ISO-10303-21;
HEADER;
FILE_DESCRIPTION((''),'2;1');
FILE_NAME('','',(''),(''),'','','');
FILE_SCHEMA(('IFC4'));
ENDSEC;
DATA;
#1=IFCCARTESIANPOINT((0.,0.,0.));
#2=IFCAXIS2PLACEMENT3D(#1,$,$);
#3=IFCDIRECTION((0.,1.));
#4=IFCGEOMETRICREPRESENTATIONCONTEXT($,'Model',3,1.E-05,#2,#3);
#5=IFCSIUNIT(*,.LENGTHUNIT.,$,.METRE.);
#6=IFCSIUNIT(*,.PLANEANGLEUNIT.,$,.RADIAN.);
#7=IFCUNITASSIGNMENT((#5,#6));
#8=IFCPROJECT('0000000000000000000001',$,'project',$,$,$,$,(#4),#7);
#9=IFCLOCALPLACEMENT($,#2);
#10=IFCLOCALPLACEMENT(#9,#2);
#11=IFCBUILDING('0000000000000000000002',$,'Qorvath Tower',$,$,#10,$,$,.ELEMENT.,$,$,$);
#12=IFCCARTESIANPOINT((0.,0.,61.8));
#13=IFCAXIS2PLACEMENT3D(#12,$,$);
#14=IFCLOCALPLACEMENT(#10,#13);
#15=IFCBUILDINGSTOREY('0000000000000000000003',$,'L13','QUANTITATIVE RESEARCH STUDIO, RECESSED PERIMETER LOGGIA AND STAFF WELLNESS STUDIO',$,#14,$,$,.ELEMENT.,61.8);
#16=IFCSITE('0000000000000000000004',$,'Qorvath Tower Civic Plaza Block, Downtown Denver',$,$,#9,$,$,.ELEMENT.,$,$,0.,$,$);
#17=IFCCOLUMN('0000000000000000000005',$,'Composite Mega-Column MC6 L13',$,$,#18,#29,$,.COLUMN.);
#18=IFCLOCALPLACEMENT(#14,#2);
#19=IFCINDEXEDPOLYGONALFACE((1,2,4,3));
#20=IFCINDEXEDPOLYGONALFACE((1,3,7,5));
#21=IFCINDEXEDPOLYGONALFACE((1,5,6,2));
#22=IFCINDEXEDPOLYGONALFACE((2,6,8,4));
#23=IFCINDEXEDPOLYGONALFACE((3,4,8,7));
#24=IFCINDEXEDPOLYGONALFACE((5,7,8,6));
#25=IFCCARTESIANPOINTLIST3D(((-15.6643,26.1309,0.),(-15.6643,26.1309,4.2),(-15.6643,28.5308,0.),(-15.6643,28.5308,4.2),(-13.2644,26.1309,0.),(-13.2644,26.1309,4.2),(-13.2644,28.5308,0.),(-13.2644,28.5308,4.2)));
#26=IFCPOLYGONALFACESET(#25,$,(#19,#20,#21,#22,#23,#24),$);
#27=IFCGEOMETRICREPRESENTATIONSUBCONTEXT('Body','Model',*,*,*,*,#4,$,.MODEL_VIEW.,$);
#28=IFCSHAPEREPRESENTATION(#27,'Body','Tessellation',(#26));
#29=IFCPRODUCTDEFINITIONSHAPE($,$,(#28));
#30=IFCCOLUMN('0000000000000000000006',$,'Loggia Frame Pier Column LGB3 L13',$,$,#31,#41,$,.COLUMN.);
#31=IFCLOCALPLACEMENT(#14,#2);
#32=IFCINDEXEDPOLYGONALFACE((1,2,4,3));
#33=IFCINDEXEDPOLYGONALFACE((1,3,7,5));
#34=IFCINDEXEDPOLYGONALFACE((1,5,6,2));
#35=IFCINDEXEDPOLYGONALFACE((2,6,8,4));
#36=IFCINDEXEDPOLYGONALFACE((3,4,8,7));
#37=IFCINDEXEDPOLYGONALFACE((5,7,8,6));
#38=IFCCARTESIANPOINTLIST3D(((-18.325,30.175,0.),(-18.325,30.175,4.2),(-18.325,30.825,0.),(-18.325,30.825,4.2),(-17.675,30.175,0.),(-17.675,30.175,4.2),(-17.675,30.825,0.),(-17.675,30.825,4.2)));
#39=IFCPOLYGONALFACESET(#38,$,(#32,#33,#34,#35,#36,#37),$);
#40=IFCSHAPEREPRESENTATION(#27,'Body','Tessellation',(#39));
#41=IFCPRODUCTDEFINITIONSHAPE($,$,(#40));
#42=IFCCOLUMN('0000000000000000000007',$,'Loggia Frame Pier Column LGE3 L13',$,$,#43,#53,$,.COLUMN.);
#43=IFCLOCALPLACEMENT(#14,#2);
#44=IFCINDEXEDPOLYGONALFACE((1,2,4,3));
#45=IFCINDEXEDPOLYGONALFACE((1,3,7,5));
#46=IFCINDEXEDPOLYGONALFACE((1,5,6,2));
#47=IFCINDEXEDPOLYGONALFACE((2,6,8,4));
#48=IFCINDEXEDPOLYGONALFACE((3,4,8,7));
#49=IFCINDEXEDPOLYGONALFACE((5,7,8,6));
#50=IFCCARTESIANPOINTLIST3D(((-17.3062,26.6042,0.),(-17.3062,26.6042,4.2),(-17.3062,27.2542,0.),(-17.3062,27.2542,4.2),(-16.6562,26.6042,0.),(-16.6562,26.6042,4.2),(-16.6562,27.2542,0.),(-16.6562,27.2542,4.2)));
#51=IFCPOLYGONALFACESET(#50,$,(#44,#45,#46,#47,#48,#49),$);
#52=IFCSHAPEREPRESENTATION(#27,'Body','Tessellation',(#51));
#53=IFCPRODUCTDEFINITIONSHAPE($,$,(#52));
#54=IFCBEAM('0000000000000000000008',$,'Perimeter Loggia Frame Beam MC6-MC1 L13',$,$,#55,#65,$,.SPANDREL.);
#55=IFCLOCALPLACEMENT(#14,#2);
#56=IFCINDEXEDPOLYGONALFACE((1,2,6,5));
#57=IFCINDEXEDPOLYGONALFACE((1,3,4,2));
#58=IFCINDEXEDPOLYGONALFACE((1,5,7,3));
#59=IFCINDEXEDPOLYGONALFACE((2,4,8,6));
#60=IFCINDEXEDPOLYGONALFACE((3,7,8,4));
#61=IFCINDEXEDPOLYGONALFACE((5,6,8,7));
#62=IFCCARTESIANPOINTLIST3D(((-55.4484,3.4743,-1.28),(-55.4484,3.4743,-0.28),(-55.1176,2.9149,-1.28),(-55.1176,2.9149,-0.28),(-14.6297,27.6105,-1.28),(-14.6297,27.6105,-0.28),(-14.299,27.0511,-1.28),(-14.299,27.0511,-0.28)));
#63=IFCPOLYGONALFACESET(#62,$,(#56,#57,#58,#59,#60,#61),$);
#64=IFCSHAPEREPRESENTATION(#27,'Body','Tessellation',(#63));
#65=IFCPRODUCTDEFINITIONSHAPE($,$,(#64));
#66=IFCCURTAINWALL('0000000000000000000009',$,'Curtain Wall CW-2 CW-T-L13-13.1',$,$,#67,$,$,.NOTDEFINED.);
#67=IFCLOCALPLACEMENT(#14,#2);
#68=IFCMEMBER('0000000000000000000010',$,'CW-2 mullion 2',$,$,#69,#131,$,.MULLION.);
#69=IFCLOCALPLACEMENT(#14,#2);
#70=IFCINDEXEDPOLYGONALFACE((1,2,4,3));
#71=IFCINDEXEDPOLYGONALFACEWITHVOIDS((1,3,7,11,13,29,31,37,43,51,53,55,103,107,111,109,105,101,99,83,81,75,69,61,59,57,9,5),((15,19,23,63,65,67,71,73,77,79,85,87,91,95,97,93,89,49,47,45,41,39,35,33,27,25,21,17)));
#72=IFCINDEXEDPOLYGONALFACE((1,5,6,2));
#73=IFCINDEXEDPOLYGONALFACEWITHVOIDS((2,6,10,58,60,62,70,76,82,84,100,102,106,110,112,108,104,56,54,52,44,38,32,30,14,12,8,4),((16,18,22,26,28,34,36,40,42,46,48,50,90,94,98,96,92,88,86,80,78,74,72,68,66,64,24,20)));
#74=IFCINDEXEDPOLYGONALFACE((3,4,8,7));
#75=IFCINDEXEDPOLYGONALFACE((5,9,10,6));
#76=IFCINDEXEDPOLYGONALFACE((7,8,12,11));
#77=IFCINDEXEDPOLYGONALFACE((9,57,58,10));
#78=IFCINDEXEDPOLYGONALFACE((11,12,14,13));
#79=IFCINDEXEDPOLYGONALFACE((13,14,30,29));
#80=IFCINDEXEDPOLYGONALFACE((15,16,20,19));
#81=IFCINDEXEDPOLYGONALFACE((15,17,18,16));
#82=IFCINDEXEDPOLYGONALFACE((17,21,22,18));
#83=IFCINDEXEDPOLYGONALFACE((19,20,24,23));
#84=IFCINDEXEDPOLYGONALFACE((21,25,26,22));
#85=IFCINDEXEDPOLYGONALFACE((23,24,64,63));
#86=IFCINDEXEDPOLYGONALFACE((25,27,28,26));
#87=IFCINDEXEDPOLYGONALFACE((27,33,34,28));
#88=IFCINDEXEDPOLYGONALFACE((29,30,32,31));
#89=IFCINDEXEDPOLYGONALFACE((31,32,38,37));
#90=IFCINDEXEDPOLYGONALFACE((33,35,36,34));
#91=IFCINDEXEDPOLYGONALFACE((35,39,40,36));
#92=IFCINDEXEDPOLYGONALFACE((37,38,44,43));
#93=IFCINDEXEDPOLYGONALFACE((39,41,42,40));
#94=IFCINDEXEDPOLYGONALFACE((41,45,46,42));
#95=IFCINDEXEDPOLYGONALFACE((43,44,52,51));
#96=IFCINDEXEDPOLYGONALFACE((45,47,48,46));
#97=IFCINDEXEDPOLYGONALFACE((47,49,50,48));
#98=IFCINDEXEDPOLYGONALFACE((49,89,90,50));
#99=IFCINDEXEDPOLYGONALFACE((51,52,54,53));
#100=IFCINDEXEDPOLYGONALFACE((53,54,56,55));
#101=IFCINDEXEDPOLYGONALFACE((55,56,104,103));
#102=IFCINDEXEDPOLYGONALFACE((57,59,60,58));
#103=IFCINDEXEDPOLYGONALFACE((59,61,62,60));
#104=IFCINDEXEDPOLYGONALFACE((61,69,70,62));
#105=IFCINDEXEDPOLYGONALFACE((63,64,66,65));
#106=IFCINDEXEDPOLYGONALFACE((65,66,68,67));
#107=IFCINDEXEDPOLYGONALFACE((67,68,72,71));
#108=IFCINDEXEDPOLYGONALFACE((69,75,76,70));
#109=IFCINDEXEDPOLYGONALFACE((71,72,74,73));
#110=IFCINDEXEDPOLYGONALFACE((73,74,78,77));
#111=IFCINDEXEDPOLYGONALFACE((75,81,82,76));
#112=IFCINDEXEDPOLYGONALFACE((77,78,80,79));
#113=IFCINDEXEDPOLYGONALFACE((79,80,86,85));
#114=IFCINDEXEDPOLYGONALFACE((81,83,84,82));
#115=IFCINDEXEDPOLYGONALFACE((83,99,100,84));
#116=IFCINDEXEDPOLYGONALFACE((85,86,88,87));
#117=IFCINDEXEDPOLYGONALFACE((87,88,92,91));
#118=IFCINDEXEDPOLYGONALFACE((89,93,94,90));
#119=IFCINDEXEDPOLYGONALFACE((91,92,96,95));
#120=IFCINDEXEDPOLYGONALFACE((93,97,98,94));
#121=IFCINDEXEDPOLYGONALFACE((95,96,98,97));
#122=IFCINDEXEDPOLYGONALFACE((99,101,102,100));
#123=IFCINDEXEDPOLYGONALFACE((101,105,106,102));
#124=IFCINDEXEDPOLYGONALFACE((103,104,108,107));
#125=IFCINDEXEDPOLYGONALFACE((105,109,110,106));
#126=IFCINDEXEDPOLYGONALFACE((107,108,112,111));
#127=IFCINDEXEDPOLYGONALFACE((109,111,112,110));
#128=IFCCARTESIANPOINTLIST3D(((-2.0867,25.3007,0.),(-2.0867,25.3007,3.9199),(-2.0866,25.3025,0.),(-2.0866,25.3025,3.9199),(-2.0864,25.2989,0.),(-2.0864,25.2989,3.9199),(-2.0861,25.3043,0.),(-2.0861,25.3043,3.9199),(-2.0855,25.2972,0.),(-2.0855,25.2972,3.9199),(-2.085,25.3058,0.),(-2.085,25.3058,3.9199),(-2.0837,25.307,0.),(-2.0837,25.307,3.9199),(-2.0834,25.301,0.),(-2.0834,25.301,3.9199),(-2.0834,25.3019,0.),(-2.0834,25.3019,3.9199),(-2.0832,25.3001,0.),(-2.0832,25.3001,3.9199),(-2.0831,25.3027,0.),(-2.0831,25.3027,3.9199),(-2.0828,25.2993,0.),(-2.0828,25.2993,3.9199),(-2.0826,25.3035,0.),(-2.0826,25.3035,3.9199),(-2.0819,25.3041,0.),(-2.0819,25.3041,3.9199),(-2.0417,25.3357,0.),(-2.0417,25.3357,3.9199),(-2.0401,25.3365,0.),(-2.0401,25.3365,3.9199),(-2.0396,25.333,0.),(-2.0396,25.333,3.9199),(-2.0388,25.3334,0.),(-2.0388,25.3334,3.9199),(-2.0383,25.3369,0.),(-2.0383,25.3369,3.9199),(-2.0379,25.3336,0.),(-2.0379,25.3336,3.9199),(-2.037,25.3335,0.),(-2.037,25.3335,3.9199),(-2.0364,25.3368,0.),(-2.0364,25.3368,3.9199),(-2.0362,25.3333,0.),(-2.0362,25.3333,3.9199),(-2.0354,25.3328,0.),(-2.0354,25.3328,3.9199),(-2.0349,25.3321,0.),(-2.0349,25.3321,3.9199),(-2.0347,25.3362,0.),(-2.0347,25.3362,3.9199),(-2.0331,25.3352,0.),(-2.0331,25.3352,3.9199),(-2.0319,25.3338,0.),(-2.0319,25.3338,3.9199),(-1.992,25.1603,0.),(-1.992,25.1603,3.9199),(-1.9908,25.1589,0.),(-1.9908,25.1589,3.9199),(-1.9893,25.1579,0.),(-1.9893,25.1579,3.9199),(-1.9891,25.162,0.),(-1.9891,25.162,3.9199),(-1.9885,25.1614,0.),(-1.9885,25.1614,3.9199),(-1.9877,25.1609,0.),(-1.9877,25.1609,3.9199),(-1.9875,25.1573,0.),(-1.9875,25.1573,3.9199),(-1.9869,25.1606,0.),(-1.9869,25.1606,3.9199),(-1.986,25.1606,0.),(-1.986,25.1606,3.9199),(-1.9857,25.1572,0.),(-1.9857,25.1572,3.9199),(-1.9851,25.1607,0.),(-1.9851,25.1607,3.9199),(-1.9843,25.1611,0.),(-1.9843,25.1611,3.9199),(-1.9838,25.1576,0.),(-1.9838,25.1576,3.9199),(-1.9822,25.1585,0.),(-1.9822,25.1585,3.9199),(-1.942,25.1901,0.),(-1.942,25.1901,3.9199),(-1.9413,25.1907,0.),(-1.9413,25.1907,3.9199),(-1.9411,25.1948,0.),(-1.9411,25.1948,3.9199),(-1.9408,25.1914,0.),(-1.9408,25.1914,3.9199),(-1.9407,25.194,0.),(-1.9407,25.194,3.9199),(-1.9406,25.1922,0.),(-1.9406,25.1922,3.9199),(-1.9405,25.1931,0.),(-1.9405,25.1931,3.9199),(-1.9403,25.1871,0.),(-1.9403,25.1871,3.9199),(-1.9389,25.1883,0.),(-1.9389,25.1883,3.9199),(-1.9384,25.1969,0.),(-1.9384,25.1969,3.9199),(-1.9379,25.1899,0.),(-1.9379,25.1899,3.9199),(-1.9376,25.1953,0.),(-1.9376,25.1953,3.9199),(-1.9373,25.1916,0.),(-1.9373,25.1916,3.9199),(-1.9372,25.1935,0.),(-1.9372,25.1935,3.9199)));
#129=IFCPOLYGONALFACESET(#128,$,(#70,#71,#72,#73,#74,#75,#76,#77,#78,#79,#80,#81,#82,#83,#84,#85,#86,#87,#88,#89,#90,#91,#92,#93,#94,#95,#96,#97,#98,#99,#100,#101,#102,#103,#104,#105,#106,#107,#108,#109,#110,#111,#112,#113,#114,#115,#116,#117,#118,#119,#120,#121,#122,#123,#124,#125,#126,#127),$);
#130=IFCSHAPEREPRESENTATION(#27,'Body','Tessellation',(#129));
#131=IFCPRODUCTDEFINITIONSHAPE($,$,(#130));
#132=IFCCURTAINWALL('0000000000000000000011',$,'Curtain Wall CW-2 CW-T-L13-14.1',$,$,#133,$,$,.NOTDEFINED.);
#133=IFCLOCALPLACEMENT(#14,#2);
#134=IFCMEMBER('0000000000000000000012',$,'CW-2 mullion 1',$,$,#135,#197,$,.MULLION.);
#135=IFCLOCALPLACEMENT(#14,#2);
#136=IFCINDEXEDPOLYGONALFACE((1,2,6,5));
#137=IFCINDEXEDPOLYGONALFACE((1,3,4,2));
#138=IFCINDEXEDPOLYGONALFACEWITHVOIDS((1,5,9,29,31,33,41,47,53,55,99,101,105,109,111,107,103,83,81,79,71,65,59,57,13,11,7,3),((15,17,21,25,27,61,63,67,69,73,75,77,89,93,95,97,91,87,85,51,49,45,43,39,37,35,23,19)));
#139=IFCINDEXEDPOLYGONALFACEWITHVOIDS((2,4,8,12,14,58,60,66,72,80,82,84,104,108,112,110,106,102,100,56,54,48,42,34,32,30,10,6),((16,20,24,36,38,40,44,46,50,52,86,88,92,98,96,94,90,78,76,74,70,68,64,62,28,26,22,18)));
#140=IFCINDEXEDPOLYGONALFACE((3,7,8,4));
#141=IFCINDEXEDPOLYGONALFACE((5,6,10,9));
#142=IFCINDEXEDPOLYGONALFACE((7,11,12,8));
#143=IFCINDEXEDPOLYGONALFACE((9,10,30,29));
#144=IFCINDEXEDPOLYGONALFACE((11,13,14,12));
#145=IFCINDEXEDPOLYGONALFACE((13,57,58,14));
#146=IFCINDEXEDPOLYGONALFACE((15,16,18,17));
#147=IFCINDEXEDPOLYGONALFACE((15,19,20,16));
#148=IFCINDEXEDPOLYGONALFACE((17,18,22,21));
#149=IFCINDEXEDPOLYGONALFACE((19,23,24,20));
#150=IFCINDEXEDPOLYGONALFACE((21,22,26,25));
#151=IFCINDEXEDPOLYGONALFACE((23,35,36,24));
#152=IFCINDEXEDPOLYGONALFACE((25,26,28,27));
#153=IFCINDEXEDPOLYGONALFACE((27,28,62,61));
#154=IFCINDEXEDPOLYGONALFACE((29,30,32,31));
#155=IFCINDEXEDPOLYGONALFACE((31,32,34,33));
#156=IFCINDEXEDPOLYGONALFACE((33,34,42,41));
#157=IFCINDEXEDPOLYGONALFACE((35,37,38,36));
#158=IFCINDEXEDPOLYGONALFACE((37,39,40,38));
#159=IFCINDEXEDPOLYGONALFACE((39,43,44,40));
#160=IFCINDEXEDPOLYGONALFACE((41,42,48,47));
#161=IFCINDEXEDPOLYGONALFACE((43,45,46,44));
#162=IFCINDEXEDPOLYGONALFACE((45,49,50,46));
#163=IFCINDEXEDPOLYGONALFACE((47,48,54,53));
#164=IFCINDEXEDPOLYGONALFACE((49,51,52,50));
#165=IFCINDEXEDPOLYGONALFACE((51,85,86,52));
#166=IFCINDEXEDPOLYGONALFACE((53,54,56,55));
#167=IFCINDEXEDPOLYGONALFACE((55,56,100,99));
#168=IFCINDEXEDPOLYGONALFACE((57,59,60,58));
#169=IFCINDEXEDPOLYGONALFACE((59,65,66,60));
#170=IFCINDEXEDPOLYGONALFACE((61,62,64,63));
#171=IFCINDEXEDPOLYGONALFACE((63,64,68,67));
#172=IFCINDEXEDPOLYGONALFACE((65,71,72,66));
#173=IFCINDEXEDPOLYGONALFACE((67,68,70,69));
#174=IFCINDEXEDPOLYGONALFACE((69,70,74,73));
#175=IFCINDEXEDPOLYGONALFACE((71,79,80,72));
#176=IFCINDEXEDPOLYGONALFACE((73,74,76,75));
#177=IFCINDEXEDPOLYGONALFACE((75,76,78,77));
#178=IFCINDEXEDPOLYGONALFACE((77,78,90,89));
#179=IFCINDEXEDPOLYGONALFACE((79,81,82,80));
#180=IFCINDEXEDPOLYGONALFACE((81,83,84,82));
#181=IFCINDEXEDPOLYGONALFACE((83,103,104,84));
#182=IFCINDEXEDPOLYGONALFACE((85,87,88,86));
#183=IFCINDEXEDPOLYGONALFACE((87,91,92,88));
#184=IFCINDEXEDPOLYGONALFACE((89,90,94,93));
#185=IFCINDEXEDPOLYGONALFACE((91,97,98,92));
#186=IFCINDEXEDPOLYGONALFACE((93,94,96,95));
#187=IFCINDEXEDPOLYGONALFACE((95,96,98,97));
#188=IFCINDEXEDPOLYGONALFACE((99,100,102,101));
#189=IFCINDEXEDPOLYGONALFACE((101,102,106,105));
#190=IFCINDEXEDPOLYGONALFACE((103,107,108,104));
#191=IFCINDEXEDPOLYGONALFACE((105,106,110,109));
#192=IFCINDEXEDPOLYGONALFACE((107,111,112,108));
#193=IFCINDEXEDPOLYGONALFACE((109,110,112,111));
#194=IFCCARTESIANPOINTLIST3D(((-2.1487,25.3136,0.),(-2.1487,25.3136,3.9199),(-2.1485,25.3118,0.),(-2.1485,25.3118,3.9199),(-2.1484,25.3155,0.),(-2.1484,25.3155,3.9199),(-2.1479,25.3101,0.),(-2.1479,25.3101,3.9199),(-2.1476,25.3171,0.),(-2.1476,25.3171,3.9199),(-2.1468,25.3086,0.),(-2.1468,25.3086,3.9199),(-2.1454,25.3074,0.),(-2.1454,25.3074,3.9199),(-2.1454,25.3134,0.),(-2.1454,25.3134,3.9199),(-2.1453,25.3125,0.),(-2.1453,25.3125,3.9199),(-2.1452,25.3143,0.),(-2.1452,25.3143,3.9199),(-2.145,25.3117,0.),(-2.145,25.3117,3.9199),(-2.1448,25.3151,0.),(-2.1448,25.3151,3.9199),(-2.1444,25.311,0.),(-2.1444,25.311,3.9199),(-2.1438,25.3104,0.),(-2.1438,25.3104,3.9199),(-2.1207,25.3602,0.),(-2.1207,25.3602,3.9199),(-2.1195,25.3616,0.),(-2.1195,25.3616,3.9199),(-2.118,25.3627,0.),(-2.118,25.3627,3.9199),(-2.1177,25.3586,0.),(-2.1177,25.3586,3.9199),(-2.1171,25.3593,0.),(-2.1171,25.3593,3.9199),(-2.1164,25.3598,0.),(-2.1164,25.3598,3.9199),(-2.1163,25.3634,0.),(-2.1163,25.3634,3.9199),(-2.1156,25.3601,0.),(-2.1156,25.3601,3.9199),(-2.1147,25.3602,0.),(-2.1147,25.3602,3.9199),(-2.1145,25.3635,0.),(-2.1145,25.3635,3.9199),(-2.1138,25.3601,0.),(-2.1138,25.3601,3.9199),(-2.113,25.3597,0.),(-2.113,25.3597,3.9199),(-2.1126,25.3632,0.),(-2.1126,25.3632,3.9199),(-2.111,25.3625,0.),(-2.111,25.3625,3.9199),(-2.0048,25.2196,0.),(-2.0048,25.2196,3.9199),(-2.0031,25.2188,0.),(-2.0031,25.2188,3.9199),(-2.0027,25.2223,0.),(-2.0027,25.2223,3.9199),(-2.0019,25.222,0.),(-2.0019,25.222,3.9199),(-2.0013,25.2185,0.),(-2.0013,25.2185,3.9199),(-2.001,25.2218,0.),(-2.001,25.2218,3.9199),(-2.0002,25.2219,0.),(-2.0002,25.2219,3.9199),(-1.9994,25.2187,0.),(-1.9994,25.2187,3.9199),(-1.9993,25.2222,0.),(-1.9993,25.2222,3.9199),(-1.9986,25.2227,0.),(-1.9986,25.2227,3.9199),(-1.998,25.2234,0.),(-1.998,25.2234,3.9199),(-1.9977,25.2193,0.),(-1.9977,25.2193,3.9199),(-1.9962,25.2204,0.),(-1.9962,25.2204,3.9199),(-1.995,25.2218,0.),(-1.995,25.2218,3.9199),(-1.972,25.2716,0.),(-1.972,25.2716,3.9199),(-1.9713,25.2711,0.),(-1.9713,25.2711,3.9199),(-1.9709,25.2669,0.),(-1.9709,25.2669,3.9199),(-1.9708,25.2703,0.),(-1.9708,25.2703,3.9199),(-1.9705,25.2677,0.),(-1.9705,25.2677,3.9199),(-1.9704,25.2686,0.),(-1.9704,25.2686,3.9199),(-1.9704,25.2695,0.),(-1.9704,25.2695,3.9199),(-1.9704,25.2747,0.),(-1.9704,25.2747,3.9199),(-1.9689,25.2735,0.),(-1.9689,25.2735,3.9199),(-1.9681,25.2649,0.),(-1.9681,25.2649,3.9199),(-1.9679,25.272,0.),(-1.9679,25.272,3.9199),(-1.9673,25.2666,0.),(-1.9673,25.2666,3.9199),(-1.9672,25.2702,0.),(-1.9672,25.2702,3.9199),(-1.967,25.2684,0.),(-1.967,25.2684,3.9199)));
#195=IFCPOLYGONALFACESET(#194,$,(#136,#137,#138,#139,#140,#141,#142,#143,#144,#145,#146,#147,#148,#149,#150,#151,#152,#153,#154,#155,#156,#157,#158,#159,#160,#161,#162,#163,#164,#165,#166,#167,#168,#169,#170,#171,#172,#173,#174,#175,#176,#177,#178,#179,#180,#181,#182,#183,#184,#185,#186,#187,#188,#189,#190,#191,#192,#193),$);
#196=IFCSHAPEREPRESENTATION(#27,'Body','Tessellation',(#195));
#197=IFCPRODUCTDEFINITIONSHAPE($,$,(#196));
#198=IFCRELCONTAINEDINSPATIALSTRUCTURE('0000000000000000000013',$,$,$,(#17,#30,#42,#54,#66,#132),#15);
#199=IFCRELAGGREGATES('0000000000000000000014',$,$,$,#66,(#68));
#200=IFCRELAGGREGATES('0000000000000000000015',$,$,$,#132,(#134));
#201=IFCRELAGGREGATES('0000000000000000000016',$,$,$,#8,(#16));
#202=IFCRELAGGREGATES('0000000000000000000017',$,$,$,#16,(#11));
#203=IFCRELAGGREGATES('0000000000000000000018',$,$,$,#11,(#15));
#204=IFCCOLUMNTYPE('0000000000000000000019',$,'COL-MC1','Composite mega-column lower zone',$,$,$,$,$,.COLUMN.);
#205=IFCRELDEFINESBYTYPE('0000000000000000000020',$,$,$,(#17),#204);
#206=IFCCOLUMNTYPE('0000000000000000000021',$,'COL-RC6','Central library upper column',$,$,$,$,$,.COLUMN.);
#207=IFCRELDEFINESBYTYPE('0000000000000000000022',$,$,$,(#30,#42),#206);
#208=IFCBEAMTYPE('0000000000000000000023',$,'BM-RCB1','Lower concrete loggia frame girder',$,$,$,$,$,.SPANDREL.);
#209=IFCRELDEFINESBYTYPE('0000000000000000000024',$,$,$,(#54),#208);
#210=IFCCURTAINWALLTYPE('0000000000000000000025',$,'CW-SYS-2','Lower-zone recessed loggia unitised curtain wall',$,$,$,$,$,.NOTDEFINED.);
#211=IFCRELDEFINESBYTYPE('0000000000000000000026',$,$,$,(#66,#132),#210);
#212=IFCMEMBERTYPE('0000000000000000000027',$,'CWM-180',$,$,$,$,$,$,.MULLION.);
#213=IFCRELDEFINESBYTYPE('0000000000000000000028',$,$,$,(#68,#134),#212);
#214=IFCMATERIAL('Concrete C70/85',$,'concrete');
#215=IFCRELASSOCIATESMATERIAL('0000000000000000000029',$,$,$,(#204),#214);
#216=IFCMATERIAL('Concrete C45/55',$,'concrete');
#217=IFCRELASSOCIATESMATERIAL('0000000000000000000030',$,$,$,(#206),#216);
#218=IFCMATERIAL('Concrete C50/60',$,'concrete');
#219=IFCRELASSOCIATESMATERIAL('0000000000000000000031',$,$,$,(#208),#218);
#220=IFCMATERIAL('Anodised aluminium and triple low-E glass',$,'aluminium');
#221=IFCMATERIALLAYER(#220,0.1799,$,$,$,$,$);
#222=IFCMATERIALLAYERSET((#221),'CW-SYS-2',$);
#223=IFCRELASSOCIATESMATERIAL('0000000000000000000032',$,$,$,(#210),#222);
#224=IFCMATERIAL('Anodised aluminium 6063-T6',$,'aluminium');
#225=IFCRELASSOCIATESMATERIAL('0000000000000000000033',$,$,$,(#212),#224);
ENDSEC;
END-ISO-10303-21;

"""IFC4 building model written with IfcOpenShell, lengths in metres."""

from ifc_helpers import new_model, si_unit, direction, frame, origin, origin_2d, place, context, subcontext, project, spatial, rectangle, hollow_rectangle, extrude, material, layer, layer_set, material_profile, profile_set, type_object, element, aggregate, save


model = new_model("IFC4")

# Units and contexts
model_context = context("Model", 3, precision=1e-05, world=origin(), true_north=direction((0.0, 1.0)))
body_context = subcontext(model_context, "Body", "Model", "MODEL_VIEW")
ifc_project = project(units=[si_unit("LENGTHUNIT", "METRE"), si_unit("PLANEANGLEUNIT", "RADIAN")], contexts=[model_context])

# Site, building, storey
site_placement = place(None, origin())
site = spatial("IfcSite", under=ifc_project, at=site_placement, Name="Qorvath Tower Civic Plaza Block, Downtown Denver", CompositionType="ELEMENT", RefElevation=0.0)
building_placement = place(site_placement, origin())
building = spatial("IfcBuilding", under=site, at=building_placement, Name="Qorvath Tower", CompositionType="ELEMENT")
storey_placement = place(building_placement, frame((0.0, 0.0, 61.8)))
storey = spatial("IfcBuildingStorey", under=building, at=storey_placement, Name="L13", Description="QUANTITATIVE RESEARCH STUDIO, RECESSED PERIMETER LOGGIA AND STAFF WELLNESS STUDIO", CompositionType="ELEMENT", Elevation=61.8)

# Columns
ifc_material_1 = material(Name="Concrete C70/85", Category="concrete")
ifc_material_profile_1 = material_profile(ifc_material_1, rectangle(XDim=2.3999, YDim=2.3999, at=origin_2d()), Name="MC 2400x2400")
ifc_profile_set_1 = profile_set([ifc_material_profile_1], Name="Concrete C70/85")
column_type_1 = type_object("IfcColumnType", Name="COL-MC1", Description="Composite mega-column lower zone", PredefinedType="COLUMN", material=ifc_profile_set_1)
column_placement = place(storey_placement, frame((-14.4644, 27.3308, 0.0), z_axis=(0.0, 0.0, 1.0), x_axis=(1.0, 0.0, 0.0)))
element("IfcColumn", 1, at=column_placement, inside=storey, type_object=column_type_1, Name="Composite Mega-Column MC6 L13", PredefinedType="COLUMN", context=body_context, shape_type="SweptSolid", body=[
    extrude(rectangle(XDim=2.3999, YDim=2.3999, at=origin_2d()), origin(), (0.0, 0.0, 1.0), 4.2),
])
ifc_material_2 = material(Name="Concrete C45/55", Category="concrete")
ifc_material_profile_2 = material_profile(ifc_material_2, rectangle(XDim=0.6499, YDim=0.6499, at=origin_2d()), Name="RC 650x650")
ifc_profile_set_2 = profile_set([ifc_material_profile_2], Name="Concrete C45/55")
column_type_2 = type_object("IfcColumnType", Name="COL-RC6", Description="Central library upper column", PredefinedType="COLUMN", material=ifc_profile_set_2)
for number, where, z_axis, x_axis, name in (
    (2, (-18.0, 30.5, 0.0), (0.0, 0.0, 1.0), (1.0, 0.0, 0.0), "Loggia Frame Pier Column LGB3 L13"),
    (3, (-16.9812, 26.9292, 0.0), (0.0, 0.0, 1.0), (1.0, 0.0, 0.0), "Loggia Frame Pier Column LGE3 L13"),
):
    element("IfcColumn", number, at=place(storey_placement, frame(where, z_axis=z_axis, x_axis=x_axis)), inside=storey, type_object=column_type_2, Name=name, PredefinedType="COLUMN", context=body_context, shape_type="SweptSolid", body=[
        extrude(rectangle(XDim=0.6499, YDim=0.6499, at=origin_2d()), origin(), (0.0, 0.0, 1.0), 4.2),
    ])

# Beam
ifc_material_3 = material(Name="Concrete C50/60", Category="concrete")
ifc_material_profile_3 = material_profile(ifc_material_3, rectangle(XDim=0.6499, YDim=1.0, at=origin_2d()), Name="RCB 1000x650")
ifc_profile_set_3 = profile_set([ifc_material_profile_3], Name="Concrete C50/60")
beam_type = type_object("IfcBeamType", Name="BM-RCB1", Description="Lower concrete loggia frame girder", PredefinedType="SPANDREL", material=ifc_profile_set_3)
beam_placement = place(storey_placement, frame((-14.4644, 27.3308, -0.78), z_axis=(-0.860777, -0.508982, 0.0), x_axis=(0.508982, -0.860777, 0.0)))
element("IfcBeam", 4, at=beam_placement, inside=storey, type_object=beam_type, Name="Perimeter Loggia Frame Beam MC6-MC1 L13", PredefinedType="SPANDREL", context=body_context, shape_type="SweptSolid", body=[
    extrude(rectangle(XDim=0.6499, YDim=1.0, at=origin_2d()), origin(), (0.0, 0.0, 1.0), 47.4207),
])

# Curtain wall, member
ifc_material_4 = material(Name="Anodised aluminium and triple low-E glass", Category="aluminium")
ifc_layer_1 = layer(ifc_material_4, 0.1799)
ifc_layer_set_1 = layer_set([ifc_layer_1], Name="CW-SYS-2")
curtain_wall_type = type_object("IfcCurtainWallType", Name="CW-SYS-2", Description="Lower-zone recessed loggia unitised curtain wall", PredefinedType="NOTDEFINED", material=ifc_layer_set_1)
curtain_wall_1_placement = place(storey_placement, origin())
curtain_wall_1 = element("IfcCurtainWall", 5, at=curtain_wall_1_placement, inside=storey, type_object=curtain_wall_type, Name="Curtain Wall CW-2 CW-T-L13-13.1", PredefinedType="NOTDEFINED")
ifc_material_5 = material(Name="Anodised aluminium 6063-T6", Category="aluminium")
ifc_material_profile_4 = material_profile(ifc_material_5, hollow_rectangle(XDim=0.0649, YDim=0.1799, WallThickness=0.0034, InnerFilletRadius=0.0034, OuterFilletRadius=0.0071, at=origin_2d()), Name="CWM 180x65")
ifc_profile_set_4 = profile_set([ifc_material_profile_4], Name="Anodised aluminium 6063-T6")
member_type_1 = type_object("IfcMemberType", Name="CWM-180", PredefinedType="MULLION", material=ifc_profile_set_4)
member_1_placement = place(storey_placement, frame((-2.012, 25.2471, 0.0), z_axis=(0.0, 0.0, 1.0), x_axis=(-0.825809, -0.56395, 0.0)))
member_1 = element("IfcMember", 6, at=member_1_placement, type_object=member_type_1, Name="CW-2 mullion 2", PredefinedType="MULLION", context=body_context, shape_type="SweptSolid", body=[
    extrude(hollow_rectangle(XDim=0.0649, YDim=0.1799, WallThickness=0.0034, InnerFilletRadius=0.0034, OuterFilletRadius=0.0071, at=origin_2d()), origin(), (0.0, 0.0, 1.0), 3.9199),
])

# Curtain wall, member
curtain_wall_2_placement = place(storey_placement, origin())
curtain_wall_2 = element("IfcCurtainWall", 7, at=curtain_wall_2_placement, inside=storey, type_object=curtain_wall_type, Name="Curtain Wall CW-2 CW-T-L13-14.1", PredefinedType="NOTDEFINED")
member_2_placement = place(storey_placement, frame((-2.0579, 25.291, 0.0), z_axis=(0.0, 0.0, 1.0), x_axis=(-0.529692, -0.84819, 0.0)))
member_2 = element("IfcMember", 8, at=member_2_placement, type_object=member_type_1, Name="CW-2 mullion 1", PredefinedType="MULLION", context=body_context, shape_type="SweptSolid", body=[
    extrude(hollow_rectangle(XDim=0.0649, YDim=0.1799, WallThickness=0.0034, InnerFilletRadius=0.0034, OuterFilletRadius=0.0071, at=origin_2d()), origin(), (0.0, 0.0, 1.0), 3.9199),
])

aggregate(curtain_wall_1, [member_1])
aggregate(curtain_wall_2, [member_2])

save(model, "model.ifc")
